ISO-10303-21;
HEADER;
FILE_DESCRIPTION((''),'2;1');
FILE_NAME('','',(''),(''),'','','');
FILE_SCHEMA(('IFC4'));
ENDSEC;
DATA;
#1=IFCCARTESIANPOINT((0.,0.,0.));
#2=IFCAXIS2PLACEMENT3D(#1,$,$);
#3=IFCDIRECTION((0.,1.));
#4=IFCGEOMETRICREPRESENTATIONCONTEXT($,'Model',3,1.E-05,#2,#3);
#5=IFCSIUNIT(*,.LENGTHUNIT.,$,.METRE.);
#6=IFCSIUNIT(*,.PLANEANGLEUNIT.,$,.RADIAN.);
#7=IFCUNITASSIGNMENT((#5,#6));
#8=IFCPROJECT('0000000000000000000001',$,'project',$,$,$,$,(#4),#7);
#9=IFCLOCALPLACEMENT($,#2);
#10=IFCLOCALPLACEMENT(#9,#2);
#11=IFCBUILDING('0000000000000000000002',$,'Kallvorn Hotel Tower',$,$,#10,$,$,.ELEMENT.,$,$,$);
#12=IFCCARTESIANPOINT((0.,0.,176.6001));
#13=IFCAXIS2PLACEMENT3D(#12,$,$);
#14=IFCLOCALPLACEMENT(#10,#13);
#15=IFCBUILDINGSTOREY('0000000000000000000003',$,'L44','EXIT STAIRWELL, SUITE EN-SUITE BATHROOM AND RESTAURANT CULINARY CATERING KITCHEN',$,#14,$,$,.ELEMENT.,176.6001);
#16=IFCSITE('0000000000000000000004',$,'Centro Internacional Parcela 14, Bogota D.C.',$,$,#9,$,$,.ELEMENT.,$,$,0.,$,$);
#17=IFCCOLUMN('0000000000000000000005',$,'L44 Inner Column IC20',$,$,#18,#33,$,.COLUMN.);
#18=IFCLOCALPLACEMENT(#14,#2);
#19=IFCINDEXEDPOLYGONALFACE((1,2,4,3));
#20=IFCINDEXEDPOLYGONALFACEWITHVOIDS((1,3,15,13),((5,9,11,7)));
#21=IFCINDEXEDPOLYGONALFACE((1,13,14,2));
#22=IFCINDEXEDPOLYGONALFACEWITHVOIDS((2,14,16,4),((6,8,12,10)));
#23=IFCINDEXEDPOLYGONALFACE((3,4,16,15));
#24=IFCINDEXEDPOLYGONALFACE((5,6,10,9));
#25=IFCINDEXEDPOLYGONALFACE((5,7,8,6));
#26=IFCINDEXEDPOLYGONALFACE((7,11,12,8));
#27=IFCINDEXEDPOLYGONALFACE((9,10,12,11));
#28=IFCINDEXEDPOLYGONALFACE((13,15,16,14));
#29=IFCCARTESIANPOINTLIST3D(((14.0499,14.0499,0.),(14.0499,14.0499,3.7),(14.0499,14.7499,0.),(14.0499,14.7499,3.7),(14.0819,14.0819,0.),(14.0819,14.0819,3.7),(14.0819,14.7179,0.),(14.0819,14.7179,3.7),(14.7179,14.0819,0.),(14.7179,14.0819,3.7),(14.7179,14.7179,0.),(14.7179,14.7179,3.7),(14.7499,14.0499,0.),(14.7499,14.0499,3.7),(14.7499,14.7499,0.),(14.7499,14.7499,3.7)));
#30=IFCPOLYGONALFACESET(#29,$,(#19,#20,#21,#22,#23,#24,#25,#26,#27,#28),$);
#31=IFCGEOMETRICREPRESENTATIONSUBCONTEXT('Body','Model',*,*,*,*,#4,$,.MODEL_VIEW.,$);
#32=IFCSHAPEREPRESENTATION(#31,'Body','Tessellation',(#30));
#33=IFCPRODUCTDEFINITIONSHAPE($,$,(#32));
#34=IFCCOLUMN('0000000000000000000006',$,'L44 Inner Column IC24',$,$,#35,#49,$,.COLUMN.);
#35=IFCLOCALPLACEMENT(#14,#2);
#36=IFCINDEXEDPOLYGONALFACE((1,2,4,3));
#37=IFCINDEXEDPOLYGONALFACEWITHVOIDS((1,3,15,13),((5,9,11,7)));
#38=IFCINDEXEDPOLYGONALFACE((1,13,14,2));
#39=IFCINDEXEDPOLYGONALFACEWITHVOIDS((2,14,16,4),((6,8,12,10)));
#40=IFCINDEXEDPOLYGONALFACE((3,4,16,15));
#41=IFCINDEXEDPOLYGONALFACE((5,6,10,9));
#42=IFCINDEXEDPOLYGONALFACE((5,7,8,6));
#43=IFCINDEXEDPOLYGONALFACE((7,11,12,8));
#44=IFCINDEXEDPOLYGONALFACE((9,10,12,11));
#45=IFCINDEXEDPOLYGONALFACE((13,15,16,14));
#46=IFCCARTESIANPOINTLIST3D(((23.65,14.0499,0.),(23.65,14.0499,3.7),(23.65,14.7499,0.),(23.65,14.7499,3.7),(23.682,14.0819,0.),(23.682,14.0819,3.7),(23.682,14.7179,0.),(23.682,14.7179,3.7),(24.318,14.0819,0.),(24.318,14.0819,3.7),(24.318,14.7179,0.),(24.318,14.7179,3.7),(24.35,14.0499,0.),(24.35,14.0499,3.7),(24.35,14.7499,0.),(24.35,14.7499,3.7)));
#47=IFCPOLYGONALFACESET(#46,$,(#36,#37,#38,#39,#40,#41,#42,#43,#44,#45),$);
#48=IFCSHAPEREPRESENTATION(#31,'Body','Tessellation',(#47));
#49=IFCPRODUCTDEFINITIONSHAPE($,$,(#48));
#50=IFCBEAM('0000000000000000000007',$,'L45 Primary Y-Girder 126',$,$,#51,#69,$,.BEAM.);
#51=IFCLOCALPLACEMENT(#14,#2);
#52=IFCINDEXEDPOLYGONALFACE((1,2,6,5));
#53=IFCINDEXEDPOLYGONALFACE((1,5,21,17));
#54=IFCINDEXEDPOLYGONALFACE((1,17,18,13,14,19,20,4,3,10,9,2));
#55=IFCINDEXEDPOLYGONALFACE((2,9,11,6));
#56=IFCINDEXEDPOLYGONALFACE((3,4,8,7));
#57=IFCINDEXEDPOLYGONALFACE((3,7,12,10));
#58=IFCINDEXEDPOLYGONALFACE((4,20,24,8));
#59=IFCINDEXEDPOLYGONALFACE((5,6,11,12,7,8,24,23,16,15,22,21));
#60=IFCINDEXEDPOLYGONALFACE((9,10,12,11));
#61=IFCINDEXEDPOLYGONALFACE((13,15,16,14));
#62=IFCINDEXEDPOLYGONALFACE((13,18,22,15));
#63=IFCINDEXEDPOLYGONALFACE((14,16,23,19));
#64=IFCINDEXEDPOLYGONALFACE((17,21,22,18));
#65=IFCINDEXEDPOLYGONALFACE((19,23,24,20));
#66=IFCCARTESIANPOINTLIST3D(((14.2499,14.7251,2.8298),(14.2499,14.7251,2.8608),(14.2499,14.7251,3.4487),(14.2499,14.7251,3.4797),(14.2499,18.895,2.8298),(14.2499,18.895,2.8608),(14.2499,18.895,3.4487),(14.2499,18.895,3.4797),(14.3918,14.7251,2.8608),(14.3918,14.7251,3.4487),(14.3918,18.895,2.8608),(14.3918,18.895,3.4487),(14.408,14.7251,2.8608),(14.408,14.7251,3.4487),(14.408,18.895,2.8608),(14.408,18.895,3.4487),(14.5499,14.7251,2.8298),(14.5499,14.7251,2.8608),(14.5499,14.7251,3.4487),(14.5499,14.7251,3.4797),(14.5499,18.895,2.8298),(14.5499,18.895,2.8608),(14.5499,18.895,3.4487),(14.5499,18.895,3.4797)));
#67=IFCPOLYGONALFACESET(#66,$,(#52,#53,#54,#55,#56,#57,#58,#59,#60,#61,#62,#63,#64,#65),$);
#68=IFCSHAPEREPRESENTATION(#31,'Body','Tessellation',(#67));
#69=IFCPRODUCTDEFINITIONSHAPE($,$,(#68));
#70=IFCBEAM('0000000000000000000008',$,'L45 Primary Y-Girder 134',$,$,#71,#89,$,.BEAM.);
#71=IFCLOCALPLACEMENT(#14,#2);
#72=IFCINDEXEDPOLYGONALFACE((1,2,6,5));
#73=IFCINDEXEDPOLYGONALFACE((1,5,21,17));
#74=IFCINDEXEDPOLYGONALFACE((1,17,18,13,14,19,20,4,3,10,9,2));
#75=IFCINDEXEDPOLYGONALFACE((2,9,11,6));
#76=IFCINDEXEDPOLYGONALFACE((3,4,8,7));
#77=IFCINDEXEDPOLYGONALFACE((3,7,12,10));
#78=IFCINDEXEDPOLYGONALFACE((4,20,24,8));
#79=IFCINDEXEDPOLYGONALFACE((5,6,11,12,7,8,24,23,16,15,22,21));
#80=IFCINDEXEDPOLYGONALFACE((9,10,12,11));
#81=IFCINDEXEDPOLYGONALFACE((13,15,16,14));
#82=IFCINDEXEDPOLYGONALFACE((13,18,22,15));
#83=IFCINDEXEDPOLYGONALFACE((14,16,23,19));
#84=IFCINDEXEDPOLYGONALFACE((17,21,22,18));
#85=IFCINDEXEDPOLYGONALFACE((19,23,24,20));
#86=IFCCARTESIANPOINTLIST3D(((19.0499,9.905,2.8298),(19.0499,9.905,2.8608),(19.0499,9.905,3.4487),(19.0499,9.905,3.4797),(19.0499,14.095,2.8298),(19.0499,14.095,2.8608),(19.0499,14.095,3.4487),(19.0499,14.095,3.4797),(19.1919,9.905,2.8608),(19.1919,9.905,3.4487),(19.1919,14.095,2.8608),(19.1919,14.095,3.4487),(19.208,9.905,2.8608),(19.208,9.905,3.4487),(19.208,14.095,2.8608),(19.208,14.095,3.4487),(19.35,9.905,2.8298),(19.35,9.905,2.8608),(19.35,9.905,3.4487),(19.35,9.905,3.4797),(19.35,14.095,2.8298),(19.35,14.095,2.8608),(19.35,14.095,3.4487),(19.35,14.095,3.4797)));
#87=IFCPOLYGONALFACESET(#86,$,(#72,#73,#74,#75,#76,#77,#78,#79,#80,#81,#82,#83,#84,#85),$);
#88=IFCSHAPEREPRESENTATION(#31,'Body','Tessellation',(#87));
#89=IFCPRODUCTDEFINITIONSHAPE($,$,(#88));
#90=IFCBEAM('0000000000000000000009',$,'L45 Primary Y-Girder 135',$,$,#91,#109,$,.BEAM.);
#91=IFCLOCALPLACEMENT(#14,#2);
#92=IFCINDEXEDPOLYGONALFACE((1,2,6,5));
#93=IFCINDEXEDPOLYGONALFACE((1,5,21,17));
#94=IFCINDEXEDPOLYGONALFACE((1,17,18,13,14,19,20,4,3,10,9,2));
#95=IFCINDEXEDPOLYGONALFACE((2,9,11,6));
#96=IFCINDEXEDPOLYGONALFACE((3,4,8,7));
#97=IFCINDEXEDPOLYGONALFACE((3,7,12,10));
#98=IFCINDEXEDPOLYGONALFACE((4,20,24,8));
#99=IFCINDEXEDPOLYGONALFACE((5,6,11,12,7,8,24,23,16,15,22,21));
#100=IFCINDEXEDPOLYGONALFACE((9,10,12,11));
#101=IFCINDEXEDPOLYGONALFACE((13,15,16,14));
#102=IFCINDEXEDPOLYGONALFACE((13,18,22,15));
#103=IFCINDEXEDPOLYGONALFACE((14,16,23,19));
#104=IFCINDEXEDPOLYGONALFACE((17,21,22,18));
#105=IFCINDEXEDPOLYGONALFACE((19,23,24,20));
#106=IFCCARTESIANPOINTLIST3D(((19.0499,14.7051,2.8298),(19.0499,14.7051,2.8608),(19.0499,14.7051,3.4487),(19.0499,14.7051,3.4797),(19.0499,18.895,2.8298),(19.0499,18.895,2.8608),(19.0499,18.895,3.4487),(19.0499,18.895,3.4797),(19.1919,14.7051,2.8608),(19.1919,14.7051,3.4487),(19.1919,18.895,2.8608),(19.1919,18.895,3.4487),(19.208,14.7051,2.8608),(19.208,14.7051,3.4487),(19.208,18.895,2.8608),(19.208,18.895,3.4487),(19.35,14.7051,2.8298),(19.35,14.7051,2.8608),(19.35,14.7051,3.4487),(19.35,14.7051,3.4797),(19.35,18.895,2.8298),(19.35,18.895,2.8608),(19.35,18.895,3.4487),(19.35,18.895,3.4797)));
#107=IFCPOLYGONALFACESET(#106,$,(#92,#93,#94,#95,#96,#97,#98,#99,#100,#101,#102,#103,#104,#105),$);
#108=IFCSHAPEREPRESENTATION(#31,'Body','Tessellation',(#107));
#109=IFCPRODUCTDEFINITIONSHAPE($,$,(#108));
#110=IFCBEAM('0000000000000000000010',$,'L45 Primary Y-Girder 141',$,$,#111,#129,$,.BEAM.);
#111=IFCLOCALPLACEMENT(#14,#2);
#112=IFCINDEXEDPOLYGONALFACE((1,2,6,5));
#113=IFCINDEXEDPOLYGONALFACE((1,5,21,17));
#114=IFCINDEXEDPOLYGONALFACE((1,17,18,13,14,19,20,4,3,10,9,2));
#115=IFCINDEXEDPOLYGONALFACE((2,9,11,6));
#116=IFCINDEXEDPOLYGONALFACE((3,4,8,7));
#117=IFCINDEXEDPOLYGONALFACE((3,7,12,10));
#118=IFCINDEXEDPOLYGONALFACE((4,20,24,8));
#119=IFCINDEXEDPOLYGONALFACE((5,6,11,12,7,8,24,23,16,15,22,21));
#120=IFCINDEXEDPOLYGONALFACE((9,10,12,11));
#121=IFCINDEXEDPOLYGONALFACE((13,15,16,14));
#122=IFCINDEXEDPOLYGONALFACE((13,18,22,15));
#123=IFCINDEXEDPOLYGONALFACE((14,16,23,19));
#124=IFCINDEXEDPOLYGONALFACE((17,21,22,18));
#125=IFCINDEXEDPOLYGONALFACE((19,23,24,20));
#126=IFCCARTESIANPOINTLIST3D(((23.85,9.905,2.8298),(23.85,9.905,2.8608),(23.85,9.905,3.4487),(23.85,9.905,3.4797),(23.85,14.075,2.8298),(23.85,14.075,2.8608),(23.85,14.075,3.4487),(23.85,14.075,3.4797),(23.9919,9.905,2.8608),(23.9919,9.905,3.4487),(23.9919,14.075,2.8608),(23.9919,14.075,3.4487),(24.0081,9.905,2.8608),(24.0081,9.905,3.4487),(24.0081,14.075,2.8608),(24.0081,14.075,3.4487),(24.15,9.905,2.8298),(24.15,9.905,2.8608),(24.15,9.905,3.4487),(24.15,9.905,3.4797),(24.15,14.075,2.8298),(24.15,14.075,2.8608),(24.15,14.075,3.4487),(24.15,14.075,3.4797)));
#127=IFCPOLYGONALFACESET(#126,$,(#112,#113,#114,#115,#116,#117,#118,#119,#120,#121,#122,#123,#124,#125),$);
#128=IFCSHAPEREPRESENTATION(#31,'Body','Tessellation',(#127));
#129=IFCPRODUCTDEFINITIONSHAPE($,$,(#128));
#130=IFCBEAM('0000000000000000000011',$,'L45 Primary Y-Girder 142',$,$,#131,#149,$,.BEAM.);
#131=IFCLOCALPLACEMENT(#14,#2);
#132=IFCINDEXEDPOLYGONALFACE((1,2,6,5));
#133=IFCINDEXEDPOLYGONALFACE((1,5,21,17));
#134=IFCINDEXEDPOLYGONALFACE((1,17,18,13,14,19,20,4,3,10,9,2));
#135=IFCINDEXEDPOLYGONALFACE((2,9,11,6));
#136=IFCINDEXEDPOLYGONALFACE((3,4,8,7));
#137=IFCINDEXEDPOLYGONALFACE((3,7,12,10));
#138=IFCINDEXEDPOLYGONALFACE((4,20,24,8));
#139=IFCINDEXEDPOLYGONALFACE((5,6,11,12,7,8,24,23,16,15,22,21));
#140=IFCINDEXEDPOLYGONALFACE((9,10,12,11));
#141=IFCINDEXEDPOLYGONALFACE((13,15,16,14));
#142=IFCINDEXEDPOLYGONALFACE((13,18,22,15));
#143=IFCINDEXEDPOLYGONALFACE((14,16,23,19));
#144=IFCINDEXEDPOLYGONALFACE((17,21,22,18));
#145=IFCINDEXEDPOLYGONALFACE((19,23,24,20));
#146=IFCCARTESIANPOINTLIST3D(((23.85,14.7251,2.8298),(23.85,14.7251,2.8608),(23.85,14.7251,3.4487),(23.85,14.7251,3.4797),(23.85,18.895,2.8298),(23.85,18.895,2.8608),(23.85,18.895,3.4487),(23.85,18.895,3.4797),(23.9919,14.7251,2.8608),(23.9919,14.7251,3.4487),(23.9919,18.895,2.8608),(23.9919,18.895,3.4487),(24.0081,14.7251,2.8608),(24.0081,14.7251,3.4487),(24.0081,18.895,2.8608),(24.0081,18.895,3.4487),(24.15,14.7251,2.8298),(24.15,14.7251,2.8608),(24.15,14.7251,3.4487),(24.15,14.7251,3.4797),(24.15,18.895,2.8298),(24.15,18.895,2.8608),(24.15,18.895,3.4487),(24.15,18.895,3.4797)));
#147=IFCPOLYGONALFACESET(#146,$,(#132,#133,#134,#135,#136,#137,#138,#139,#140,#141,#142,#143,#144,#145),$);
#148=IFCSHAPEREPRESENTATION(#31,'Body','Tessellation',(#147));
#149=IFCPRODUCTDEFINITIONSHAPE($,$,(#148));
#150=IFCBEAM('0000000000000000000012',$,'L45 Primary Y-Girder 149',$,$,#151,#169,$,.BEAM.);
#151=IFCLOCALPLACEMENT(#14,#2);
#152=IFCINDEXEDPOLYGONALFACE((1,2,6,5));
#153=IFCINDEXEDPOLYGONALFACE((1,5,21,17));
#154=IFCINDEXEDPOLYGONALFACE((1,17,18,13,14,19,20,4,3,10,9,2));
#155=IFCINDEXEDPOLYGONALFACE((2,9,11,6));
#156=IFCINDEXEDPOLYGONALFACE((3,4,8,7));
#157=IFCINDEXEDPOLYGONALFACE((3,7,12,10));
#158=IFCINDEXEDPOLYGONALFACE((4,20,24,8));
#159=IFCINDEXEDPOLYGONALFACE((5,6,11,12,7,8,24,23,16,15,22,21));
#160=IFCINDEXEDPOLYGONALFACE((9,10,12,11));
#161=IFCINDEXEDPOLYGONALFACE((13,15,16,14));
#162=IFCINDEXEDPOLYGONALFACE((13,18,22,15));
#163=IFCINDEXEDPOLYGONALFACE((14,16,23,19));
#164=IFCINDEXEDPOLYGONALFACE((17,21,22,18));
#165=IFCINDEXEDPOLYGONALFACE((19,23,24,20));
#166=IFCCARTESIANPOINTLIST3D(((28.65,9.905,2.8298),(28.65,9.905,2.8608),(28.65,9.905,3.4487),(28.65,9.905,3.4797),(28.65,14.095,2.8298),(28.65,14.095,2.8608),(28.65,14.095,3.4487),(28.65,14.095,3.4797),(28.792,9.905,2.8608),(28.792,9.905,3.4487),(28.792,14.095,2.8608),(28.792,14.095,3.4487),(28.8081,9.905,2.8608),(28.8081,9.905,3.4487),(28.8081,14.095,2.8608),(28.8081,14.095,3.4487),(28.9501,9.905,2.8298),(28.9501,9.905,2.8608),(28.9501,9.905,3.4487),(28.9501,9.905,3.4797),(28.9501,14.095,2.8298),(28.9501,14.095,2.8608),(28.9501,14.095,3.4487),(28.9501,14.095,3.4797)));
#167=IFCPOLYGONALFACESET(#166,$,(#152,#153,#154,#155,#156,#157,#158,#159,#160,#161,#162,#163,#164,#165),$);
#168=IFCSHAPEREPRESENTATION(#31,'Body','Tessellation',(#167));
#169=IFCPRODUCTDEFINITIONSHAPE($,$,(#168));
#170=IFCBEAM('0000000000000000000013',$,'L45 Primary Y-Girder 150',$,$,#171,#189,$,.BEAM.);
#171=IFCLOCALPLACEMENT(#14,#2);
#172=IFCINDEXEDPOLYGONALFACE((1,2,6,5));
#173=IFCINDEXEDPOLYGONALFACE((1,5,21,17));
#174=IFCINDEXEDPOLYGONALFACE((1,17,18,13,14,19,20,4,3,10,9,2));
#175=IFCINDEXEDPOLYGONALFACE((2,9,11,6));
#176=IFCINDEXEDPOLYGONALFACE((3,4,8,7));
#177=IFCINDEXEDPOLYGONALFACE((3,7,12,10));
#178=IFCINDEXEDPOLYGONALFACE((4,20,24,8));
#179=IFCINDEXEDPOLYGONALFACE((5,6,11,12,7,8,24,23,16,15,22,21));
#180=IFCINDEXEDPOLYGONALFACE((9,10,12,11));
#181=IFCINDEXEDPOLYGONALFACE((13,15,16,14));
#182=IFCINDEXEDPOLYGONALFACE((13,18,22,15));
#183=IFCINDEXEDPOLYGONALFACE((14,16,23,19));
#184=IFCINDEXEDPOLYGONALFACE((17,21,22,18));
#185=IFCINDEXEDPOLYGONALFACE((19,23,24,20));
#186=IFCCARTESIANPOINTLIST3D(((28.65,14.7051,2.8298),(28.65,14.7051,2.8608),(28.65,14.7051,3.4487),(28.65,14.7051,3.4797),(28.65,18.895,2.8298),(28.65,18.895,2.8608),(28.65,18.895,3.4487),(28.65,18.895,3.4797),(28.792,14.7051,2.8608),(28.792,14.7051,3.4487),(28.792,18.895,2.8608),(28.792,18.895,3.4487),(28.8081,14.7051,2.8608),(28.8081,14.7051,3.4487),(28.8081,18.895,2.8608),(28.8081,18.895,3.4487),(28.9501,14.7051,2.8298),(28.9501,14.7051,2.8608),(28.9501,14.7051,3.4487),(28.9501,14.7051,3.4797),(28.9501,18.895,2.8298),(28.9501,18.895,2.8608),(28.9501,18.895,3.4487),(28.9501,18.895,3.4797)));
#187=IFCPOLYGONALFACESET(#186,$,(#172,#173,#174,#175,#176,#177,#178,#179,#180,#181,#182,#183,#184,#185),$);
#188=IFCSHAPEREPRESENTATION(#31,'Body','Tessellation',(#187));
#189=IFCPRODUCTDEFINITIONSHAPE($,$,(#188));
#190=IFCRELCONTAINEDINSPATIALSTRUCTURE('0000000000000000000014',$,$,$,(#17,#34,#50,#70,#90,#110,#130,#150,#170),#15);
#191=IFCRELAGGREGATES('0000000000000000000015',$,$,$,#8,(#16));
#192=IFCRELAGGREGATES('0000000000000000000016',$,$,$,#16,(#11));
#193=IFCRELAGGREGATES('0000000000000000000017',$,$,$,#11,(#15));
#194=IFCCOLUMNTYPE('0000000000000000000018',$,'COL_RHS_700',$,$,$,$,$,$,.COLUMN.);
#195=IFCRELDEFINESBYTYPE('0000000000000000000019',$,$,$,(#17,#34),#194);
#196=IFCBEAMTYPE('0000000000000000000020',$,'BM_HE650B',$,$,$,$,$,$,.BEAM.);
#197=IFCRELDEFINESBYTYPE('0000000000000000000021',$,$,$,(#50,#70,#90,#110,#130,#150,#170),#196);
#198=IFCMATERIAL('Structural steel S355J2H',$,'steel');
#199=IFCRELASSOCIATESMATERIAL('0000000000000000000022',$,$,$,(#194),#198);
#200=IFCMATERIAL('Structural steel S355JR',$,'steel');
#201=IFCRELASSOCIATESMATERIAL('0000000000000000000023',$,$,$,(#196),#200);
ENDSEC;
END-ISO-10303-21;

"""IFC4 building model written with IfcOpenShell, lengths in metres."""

from ifc_helpers import new_model, si_unit, direction, frame, origin, origin_2d, place, context, subcontext, project, spatial, hollow_rectangle, i_section, extrude, material, material_profile, profile_set, type_object, element, save


model = new_model("IFC4")

# Units and contexts
model_context = context("Model", 3, precision=1e-05, world=origin(), true_north=direction((0.0, 1.0)))
body_context = subcontext(model_context, "Body", "Model", "MODEL_VIEW")
ifc_project = project(units=[si_unit("LENGTHUNIT", "METRE"), si_unit("PLANEANGLEUNIT", "RADIAN")], contexts=[model_context])

# Site, building, storey
site_placement = place(None, origin())
site = spatial("IfcSite", under=ifc_project, at=site_placement, Name="Centro Internacional Parcela 14, Bogota D.C.", CompositionType="ELEMENT", RefElevation=0.0)
building_placement = place(site_placement, origin())
building = spatial("IfcBuilding", under=site, at=building_placement, Name="Kallvorn Hotel Tower", CompositionType="ELEMENT")
storey_placement = place(building_placement, frame((0.0, 0.0, 176.6001)))
storey = spatial("IfcBuildingStorey", under=building, at=storey_placement, Name="L44", Description="EXIT STAIRWELL, SUITE EN-SUITE BATHROOM AND RESTAURANT CULINARY CATERING KITCHEN", CompositionType="ELEMENT", Elevation=176.6001)

# Columns
ifc_material_1 = material(Name="Structural steel S355J2H", Category="steel")
ifc_material_profile_1 = material_profile(ifc_material_1, hollow_rectangle(XDim=0.7, YDim=0.7, WallThickness=0.032, at=origin_2d()), Name="RHS 700x700x32")
ifc_profile_set_1 = profile_set([ifc_material_profile_1], Name="Structural steel S355J2H")
column_type_1 = type_object("IfcColumnType", Name="COL_RHS_700", PredefinedType="COLUMN", material=ifc_profile_set_1)
for number, where, z_axis, x_axis, name in (
    (1, (14.3999, 14.3999, 0.0), (0.0, 0.0, 1.0), (1.0, 0.0, 0.0), "L44 Inner Column IC20"),
    (2, (24.0, 14.3999, 0.0), (0.0, 0.0, 1.0), (1.0, 0.0, 0.0), "L44 Inner Column IC24"),
):
    element("IfcColumn", number, at=place(storey_placement, frame(where, z_axis=z_axis, x_axis=x_axis)), inside=storey, type_object=column_type_1, Name=name, PredefinedType="COLUMN", context=body_context, shape_type="SweptSolid", body=[
        extrude(hollow_rectangle(XDim=0.7, YDim=0.7, WallThickness=0.032, at=origin_2d()), origin(), (0.0, 0.0, 1.0), 3.7),
    ])

# Beams
ifc_material_2 = material(Name="Structural steel S355JR", Category="steel")
ifc_material_profile_2 = material_profile(ifc_material_2, i_section(OverallWidth=0.3, OverallDepth=0.6499, WebThickness=0.0161, FlangeThickness=0.031, at=origin_2d()), Name="HE 650 B")
ifc_profile_set_2 = profile_set([ifc_material_profile_2], Name="Structural steel S355JR")
beam_type_1 = type_object("IfcBeamType", Name="BM_HE650B", PredefinedType="BEAM", material=ifc_profile_set_2)
beam_1_placement = place(storey_placement, frame((14.3999, 14.7251, 3.1548), z_axis=(0.0, 1.0, 0.0), x_axis=(-1.0, 0.0, 0.0)))
element("IfcBeam", 3, at=beam_1_placement, inside=storey, type_object=beam_type_1, Name="L45 Primary Y-Girder 126", PredefinedType="BEAM", context=body_context, shape_type="SweptSolid", body=[
    extrude(i_section(OverallWidth=0.3, OverallDepth=0.6499, WebThickness=0.0161, FlangeThickness=0.031, at=origin_2d()), origin(), (0.0, 0.0, 1.0), 4.1699),
])
for number, where, z_axis, x_axis, name in (
    (4, (19.2, 9.905, 3.1548), (0.0, 1.0, 0.0), (-1.0, 0.0, 0.0), "L45 Primary Y-Girder 134"),
    (5, (19.2, 14.7051, 3.1548), (0.0, 1.0, 0.0), (-1.0, 0.0, 0.0), "L45 Primary Y-Girder 135"),
):
    element("IfcBeam", number, at=place(storey_placement, frame(where, z_axis=z_axis, x_axis=x_axis)), inside=storey, type_object=beam_type_1, Name=name, PredefinedType="BEAM", context=body_context, shape_type="SweptSolid", body=[
        extrude(i_section(OverallWidth=0.3, OverallDepth=0.6499, WebThickness=0.0161, FlangeThickness=0.031, at=origin_2d()), origin(), (0.0, 0.0, 1.0), 4.1899),
    ])
for number, where, z_axis, x_axis, name in (
    (6, (24.0, 9.905, 3.1548), (0.0, 1.0, 0.0), (-1.0, 0.0, 0.0), "L45 Primary Y-Girder 141"),
    (7, (24.0, 14.7251, 3.1548), (0.0, 1.0, 0.0), (-1.0, 0.0, 0.0), "L45 Primary Y-Girder 142"),
):
    element("IfcBeam", number, at=place(storey_placement, frame(where, z_axis=z_axis, x_axis=x_axis)), inside=storey, type_object=beam_type_1, Name=name, PredefinedType="BEAM", context=body_context, shape_type="SweptSolid", body=[
        extrude(i_section(OverallWidth=0.3, OverallDepth=0.6499, WebThickness=0.0161, FlangeThickness=0.031, at=origin_2d()), origin(), (0.0, 0.0, 1.0), 4.1699),
    ])
for number, where, z_axis, x_axis, name in (
    (8, (28.8, 9.905, 3.1548), (0.0, 1.0, 0.0), (-1.0, 0.0, 0.0), "L45 Primary Y-Girder 149"),
    (9, (28.8, 14.7051, 3.1548), (0.0, 1.0, 0.0), (-1.0, 0.0, 0.0), "L45 Primary Y-Girder 150"),
):
    element("IfcBeam", number, at=place(storey_placement, frame(where, z_axis=z_axis, x_axis=x_axis)), inside=storey, type_object=beam_type_1, Name=name, PredefinedType="BEAM", context=body_context, shape_type="SweptSolid", body=[
        extrude(i_section(OverallWidth=0.3, OverallDepth=0.6499, WebThickness=0.0161, FlangeThickness=0.031, at=origin_2d()), origin(), (0.0, 0.0, 1.0), 4.1899),
    ])

save(model, "model.ifc")
